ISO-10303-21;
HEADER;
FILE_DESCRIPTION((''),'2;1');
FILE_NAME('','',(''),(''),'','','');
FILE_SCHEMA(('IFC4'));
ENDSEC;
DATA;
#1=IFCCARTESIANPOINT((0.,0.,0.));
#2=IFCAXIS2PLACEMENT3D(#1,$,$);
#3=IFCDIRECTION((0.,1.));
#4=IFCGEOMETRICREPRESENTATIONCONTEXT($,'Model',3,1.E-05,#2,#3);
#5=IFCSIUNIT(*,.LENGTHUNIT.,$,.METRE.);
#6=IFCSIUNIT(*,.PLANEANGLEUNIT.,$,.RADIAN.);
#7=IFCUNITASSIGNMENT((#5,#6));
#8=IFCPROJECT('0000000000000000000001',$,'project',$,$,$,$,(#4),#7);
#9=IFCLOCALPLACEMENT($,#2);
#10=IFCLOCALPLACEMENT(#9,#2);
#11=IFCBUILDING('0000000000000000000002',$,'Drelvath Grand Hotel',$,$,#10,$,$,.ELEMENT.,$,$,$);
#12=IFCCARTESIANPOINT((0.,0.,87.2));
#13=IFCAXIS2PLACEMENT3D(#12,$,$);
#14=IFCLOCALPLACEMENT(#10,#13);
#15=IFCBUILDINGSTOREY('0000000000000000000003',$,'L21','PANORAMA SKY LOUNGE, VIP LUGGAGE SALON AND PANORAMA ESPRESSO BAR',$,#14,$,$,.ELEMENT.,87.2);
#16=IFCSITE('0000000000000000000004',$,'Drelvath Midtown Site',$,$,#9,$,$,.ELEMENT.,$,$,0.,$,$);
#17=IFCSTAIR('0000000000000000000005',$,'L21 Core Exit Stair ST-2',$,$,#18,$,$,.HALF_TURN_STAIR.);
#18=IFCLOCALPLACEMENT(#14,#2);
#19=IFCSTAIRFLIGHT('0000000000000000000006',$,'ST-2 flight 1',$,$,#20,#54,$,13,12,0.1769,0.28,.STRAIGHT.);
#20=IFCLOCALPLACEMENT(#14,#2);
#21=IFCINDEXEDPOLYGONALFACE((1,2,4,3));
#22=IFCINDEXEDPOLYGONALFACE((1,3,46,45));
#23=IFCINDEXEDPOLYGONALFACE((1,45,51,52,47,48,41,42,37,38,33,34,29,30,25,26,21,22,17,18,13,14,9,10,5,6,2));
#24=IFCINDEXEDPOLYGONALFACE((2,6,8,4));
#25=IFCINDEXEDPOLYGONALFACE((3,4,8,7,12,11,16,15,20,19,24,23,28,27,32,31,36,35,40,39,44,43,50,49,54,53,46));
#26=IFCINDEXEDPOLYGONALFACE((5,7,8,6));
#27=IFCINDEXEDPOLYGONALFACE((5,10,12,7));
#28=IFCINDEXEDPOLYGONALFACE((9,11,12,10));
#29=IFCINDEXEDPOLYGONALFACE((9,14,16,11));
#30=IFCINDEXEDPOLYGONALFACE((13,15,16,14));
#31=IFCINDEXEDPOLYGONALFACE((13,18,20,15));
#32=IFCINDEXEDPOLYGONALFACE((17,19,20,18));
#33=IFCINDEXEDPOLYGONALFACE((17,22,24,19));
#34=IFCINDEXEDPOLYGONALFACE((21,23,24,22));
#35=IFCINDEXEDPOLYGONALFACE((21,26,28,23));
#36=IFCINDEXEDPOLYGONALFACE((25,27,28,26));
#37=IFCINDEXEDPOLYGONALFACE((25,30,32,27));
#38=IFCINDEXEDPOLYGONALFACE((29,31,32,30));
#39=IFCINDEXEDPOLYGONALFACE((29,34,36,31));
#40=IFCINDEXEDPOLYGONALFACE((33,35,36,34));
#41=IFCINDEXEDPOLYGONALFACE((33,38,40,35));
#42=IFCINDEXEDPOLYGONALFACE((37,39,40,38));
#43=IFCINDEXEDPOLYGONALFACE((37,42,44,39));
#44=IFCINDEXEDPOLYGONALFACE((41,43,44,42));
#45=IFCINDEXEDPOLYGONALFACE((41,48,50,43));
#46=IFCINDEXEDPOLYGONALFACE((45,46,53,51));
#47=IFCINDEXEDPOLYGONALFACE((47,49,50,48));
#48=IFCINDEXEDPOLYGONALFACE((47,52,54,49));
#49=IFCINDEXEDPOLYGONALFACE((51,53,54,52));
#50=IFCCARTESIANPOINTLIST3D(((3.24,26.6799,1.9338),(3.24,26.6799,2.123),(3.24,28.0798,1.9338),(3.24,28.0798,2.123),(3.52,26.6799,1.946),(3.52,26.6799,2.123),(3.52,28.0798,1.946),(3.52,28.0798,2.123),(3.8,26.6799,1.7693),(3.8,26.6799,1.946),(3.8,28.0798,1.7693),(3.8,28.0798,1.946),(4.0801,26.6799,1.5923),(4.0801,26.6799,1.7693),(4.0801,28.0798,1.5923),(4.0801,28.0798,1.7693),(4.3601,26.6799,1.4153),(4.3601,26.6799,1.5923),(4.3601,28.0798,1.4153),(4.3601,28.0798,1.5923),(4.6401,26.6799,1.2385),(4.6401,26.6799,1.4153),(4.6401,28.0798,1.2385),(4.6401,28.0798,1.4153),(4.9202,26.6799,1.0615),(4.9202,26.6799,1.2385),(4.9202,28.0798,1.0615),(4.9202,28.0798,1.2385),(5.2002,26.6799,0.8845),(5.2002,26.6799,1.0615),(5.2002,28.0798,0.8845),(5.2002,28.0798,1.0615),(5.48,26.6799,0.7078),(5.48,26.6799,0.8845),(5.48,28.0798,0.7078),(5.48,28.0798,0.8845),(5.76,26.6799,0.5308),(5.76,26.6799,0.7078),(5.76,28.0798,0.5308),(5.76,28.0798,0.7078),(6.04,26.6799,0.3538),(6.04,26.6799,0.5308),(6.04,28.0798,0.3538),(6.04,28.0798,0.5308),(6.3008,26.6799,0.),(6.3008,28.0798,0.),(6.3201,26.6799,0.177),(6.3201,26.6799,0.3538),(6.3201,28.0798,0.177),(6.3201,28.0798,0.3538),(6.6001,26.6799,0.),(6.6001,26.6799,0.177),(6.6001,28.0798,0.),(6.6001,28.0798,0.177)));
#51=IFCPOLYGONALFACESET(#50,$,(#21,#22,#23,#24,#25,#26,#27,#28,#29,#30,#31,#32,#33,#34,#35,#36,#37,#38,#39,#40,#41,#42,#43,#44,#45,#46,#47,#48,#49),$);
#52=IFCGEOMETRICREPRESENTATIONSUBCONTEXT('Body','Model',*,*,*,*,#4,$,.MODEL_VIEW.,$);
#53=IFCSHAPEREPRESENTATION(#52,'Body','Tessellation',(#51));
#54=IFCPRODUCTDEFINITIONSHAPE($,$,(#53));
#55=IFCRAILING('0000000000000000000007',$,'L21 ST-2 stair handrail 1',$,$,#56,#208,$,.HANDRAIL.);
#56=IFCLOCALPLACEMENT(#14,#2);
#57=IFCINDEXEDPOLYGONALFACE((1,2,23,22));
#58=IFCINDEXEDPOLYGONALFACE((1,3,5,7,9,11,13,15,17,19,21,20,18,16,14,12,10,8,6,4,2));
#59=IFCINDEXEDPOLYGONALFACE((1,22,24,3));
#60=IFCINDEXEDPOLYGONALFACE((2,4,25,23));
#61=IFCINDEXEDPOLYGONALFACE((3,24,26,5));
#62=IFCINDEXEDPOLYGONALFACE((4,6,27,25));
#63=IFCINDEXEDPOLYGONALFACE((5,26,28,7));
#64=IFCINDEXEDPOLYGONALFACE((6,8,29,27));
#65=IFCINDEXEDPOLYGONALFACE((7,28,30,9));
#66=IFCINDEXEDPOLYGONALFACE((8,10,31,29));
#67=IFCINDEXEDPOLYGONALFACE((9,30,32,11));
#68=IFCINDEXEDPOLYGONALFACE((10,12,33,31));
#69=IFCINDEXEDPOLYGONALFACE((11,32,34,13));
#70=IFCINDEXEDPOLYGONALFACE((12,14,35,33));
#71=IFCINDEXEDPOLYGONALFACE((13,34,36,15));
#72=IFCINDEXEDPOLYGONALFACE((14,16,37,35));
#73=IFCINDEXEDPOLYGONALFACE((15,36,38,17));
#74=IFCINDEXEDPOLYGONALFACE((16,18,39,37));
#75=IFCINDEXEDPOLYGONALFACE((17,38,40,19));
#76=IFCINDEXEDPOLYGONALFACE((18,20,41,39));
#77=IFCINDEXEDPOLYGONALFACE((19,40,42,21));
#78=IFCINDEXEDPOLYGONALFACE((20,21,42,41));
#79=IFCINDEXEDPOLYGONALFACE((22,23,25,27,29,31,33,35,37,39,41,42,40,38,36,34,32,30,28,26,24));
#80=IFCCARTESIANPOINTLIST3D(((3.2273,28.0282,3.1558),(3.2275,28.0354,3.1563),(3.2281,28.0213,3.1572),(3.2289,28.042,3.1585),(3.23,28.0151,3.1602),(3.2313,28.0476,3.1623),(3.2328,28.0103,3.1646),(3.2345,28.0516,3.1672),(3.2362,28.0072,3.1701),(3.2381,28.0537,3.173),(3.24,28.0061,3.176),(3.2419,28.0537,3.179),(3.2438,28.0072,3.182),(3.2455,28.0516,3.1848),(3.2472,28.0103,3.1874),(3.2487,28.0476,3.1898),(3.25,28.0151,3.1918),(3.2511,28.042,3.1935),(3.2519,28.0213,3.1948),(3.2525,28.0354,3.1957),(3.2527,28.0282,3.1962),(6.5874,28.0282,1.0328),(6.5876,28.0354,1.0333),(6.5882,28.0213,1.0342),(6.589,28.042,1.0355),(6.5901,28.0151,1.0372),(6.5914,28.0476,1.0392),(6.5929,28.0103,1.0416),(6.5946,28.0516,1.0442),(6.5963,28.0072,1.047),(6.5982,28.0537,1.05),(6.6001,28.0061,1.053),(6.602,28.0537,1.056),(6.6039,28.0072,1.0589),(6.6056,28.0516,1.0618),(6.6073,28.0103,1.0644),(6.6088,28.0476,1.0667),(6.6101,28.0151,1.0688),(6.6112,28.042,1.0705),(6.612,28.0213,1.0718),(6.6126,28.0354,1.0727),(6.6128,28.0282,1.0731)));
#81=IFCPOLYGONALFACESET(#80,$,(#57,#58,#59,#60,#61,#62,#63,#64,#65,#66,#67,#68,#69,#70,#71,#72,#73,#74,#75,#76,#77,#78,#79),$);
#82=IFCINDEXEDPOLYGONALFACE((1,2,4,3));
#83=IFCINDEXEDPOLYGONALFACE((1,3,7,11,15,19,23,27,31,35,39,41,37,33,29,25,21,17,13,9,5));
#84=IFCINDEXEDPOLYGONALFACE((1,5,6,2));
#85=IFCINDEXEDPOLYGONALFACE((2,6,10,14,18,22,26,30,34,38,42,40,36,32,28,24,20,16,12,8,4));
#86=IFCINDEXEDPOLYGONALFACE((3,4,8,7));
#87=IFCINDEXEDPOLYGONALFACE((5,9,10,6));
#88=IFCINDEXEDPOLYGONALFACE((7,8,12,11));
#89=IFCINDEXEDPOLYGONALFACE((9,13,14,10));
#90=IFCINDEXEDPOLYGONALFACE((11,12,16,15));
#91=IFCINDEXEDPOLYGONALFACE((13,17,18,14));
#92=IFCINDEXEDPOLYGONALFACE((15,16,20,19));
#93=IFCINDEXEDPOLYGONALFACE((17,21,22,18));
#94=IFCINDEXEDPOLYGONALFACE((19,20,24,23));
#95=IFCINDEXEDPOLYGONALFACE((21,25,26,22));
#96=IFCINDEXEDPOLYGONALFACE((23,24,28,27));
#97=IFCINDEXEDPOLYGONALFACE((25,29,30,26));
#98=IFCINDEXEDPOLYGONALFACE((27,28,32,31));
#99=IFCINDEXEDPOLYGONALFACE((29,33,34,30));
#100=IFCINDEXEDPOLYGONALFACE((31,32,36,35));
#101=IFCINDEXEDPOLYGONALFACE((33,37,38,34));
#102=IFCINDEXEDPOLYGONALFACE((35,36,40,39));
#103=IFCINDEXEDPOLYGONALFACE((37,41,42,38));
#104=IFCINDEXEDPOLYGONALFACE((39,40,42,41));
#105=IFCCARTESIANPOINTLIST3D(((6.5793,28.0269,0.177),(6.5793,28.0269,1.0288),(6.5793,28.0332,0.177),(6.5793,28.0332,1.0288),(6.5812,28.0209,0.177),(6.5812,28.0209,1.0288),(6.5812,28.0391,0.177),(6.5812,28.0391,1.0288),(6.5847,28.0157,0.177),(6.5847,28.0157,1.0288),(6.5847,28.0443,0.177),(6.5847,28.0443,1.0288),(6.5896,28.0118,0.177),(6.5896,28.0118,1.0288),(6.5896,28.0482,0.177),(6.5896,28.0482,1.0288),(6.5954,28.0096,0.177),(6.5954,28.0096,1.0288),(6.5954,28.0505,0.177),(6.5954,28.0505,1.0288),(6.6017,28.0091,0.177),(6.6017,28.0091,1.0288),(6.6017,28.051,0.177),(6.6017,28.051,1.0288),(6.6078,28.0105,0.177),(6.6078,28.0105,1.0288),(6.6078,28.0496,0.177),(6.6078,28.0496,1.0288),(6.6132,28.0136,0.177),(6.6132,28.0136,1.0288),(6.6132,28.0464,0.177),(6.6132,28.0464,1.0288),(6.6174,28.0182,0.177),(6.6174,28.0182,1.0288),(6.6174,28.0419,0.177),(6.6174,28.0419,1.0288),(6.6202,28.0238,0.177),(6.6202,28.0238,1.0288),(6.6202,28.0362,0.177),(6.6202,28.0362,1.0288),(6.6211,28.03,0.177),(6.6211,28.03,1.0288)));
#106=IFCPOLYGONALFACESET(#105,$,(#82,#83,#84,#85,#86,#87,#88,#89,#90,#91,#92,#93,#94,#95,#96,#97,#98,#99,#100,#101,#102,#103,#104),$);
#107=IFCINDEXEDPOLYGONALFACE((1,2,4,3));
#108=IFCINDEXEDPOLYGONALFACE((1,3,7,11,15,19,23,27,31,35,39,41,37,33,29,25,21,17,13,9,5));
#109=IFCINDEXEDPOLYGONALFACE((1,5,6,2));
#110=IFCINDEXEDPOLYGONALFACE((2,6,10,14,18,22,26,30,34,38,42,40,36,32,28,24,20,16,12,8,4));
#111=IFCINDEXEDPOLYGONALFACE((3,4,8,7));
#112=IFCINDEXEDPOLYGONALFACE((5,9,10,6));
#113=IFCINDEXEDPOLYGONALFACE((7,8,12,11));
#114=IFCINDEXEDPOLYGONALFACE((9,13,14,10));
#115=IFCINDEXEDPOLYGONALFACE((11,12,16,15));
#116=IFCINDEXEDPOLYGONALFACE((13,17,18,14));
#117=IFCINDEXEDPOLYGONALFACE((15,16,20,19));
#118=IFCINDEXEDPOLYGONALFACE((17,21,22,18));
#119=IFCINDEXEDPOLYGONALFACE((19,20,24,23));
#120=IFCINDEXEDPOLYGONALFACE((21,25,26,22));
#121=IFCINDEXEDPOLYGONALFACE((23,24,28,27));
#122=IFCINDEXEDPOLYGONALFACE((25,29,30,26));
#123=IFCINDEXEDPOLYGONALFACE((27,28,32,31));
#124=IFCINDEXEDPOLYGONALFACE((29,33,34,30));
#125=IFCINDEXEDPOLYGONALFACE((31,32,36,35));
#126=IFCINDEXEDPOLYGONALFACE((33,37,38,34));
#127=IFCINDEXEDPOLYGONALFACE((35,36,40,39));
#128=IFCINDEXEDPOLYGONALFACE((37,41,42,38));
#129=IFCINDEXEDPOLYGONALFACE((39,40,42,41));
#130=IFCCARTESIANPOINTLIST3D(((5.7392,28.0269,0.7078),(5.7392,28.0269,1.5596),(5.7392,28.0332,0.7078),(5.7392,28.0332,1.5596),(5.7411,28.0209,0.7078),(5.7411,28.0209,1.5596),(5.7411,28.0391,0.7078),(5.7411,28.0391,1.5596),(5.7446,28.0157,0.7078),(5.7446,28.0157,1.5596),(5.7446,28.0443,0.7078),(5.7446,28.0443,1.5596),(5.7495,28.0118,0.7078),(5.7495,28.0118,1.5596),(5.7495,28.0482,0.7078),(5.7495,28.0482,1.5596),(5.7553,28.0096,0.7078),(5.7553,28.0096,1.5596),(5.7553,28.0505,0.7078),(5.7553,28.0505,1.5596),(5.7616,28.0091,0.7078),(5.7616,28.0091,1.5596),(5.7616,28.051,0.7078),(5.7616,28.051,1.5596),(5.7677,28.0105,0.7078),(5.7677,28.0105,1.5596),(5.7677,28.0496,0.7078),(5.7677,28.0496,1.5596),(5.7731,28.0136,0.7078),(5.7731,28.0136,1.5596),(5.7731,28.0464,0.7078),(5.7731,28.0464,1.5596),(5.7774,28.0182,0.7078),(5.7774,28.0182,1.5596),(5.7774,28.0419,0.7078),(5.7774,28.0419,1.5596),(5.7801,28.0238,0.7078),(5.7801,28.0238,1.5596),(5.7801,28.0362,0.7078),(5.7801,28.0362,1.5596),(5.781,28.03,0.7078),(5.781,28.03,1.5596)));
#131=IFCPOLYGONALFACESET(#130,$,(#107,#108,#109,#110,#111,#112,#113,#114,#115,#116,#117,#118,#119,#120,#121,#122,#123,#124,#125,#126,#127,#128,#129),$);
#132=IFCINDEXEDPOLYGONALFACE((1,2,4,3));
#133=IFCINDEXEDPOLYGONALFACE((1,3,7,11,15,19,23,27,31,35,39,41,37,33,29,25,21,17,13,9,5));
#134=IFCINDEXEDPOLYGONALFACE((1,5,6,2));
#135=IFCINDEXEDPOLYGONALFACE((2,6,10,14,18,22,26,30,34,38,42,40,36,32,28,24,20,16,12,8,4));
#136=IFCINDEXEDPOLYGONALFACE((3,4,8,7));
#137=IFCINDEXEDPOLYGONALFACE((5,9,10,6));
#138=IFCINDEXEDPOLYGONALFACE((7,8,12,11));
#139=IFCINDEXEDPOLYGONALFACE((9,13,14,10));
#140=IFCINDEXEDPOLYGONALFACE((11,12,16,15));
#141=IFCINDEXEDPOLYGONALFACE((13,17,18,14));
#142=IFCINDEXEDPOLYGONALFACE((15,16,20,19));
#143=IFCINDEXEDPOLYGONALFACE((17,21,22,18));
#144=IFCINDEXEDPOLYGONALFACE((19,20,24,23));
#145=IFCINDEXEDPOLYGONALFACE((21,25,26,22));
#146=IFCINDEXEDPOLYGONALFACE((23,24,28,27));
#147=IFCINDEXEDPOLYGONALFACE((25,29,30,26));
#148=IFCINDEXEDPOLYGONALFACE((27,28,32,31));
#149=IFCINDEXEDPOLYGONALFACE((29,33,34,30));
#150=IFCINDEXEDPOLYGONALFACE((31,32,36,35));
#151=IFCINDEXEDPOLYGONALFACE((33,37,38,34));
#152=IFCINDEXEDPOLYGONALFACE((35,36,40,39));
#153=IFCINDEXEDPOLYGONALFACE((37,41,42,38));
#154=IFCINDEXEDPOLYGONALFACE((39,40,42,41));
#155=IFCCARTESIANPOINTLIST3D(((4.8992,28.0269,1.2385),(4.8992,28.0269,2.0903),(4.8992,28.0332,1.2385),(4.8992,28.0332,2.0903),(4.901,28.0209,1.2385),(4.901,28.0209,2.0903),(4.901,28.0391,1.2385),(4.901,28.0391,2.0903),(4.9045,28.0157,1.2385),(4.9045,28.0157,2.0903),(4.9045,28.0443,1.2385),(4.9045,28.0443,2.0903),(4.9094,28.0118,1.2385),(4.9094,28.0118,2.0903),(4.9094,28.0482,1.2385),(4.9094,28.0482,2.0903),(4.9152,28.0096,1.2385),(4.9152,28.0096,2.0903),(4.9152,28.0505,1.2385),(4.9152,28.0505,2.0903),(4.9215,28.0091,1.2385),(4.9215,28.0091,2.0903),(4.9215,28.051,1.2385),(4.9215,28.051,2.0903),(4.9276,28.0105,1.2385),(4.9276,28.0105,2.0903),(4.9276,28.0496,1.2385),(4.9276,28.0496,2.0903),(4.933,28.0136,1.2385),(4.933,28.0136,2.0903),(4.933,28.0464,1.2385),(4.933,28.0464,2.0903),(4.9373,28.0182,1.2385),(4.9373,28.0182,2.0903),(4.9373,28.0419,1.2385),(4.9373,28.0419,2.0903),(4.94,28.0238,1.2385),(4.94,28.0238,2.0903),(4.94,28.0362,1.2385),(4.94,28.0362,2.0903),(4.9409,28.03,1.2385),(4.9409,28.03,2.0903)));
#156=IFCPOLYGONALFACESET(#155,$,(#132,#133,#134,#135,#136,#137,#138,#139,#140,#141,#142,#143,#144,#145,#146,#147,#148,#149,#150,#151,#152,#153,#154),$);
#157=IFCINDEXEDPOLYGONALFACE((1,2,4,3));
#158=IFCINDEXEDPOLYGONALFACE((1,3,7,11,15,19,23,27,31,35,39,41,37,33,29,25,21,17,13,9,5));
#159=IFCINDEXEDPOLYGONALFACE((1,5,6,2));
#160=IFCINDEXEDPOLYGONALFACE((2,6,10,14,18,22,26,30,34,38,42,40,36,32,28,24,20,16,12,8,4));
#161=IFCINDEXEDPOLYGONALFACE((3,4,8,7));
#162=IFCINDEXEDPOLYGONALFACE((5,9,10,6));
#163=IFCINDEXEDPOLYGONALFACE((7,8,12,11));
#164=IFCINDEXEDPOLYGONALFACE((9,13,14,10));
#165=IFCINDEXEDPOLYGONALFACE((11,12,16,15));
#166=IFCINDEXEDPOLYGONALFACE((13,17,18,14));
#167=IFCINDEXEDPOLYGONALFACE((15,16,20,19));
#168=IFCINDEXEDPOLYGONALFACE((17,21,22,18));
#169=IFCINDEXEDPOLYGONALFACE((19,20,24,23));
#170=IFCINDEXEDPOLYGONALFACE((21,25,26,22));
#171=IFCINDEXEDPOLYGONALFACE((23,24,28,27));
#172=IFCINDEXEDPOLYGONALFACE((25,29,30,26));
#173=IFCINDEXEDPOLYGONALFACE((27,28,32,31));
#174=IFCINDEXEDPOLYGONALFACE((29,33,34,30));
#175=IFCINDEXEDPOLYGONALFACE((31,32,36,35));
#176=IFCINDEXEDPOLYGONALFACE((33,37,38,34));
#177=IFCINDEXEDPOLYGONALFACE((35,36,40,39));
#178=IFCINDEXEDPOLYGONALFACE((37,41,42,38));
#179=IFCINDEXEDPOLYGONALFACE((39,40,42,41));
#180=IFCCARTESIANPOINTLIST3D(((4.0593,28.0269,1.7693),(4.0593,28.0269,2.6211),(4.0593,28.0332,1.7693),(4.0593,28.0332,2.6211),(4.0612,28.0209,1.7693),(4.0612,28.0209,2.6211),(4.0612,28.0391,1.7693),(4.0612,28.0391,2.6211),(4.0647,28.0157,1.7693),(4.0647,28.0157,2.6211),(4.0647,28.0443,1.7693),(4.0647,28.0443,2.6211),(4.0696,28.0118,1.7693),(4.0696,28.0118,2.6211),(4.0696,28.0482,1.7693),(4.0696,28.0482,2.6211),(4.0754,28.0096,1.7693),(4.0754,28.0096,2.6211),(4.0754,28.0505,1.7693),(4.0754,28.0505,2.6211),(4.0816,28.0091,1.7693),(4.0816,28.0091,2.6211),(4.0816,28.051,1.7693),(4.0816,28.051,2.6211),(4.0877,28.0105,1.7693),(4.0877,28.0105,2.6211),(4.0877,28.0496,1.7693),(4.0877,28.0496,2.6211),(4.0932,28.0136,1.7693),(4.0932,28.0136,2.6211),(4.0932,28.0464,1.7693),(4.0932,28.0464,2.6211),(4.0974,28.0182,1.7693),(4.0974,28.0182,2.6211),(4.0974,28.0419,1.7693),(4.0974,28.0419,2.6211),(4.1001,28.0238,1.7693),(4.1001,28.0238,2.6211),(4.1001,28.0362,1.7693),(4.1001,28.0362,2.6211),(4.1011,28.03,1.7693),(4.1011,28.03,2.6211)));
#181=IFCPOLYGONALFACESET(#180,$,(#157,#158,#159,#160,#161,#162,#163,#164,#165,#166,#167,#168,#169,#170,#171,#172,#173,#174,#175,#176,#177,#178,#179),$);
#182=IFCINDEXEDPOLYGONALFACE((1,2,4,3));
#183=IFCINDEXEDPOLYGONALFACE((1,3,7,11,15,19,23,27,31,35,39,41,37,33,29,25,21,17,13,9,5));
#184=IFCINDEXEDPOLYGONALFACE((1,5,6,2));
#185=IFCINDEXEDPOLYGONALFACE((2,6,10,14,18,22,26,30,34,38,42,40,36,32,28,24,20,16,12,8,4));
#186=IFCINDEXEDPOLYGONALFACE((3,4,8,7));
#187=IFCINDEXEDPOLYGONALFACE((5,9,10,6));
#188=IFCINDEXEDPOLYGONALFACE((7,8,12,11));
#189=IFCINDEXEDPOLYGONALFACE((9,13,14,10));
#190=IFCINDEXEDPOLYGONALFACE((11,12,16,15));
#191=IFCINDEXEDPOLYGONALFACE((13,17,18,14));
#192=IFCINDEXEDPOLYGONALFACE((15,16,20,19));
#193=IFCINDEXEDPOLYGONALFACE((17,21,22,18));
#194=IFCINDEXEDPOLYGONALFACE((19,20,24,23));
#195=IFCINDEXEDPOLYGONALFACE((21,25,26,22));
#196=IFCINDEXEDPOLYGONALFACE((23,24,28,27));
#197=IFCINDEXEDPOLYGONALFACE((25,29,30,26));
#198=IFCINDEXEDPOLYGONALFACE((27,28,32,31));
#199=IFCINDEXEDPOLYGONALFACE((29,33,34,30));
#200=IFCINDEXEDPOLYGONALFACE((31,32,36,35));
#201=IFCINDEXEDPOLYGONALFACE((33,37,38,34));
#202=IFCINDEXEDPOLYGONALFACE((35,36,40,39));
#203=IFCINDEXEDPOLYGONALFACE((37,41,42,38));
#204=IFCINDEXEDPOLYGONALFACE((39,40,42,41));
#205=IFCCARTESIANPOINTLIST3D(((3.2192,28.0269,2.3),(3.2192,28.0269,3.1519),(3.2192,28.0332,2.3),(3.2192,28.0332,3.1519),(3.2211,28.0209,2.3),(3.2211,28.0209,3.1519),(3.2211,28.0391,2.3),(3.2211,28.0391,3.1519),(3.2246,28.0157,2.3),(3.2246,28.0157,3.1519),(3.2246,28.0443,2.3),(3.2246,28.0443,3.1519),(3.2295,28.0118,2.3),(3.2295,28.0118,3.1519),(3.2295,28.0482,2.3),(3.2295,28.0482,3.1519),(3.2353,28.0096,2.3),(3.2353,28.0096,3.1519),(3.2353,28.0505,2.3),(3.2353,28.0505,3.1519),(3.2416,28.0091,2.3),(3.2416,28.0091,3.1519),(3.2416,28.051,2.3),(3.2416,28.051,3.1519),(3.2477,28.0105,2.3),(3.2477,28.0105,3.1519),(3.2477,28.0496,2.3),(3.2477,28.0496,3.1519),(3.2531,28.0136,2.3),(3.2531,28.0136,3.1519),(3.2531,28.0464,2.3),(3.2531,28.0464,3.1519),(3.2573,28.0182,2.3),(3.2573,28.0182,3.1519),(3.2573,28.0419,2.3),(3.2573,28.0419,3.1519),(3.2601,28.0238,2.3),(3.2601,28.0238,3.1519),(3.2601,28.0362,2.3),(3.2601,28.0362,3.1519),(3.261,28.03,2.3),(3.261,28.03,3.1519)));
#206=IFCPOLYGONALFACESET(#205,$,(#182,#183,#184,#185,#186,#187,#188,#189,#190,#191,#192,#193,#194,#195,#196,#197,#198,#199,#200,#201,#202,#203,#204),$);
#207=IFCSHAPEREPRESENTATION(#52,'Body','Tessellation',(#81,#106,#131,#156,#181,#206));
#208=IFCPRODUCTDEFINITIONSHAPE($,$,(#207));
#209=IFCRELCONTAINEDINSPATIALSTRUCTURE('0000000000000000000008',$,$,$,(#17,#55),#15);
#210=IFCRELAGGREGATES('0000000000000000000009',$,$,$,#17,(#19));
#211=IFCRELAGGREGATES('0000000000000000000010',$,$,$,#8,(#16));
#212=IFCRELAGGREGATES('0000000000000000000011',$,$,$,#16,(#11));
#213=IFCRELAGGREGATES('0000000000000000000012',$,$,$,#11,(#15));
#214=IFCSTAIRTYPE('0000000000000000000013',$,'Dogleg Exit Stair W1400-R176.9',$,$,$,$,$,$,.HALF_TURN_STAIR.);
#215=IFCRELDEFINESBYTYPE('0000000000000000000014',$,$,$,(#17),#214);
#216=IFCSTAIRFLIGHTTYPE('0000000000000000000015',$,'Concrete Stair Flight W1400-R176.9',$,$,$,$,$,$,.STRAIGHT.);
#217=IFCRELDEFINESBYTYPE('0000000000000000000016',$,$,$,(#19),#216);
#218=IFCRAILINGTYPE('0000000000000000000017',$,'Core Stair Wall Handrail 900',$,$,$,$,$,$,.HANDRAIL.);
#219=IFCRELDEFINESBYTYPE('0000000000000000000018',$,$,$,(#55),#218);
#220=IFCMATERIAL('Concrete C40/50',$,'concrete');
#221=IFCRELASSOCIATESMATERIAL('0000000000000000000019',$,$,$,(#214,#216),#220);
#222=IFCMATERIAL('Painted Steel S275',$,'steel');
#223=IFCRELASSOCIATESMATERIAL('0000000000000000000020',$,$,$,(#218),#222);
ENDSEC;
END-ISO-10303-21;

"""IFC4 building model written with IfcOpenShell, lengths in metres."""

from ifc_helpers import new_model, si_unit, direction, frame, origin, origin_2d, place, context, subcontext, project, spatial, polyline, circle, outline, extrude, material, type_object, element, aggregate, save


model = new_model("IFC4")

# Units and contexts
model_context = context("Model", 3, precision=1e-05, world=origin(), true_north=direction((0.0, 1.0)))
body_context = subcontext(model_context, "Body", "Model", "MODEL_VIEW")
ifc_project = project(units=[si_unit("LENGTHUNIT", "METRE"), si_unit("PLANEANGLEUNIT", "RADIAN")], contexts=[model_context])

# Site, building, storey
site_placement = place(None, origin())
site = spatial("IfcSite", under=ifc_project, at=site_placement, Name="Drelvath Midtown Site", CompositionType="ELEMENT", RefElevation=0.0)
building_placement = place(site_placement, origin())
building = spatial("IfcBuilding", under=site, at=building_placement, Name="Drelvath Grand Hotel", CompositionType="ELEMENT")
storey_placement = place(building_placement, frame((0.0, 0.0, 87.2)))
storey = spatial("IfcBuildingStorey", under=building, at=storey_placement, Name="L21", Description="PANORAMA SKY LOUNGE, VIP LUGGAGE SALON AND PANORAMA ESPRESSO BAR", CompositionType="ELEMENT", Elevation=87.2)

# Shared definitions
ifc_material_1 = material(Name="Concrete C40/50", Category="concrete")

# Shared definitions
ifc_material_2 = material(Name="Painted Steel S275", Category="steel")

# Stair, stair flight
stair_type = type_object("IfcStairType", Name="Dogleg Exit Stair W1400-R176.9", PredefinedType="HALF_TURN_STAIR", material=ifc_material_1)
stair_placement = place(storey_placement, origin())
stair = element("IfcStair", 1, at=stair_placement, inside=storey, type_object=stair_type, Name="L21 Core Exit Stair ST-2", PredefinedType="HALF_TURN_STAIR")
stair_flight_type = type_object("IfcStairFlightType", Name="Concrete Stair Flight W1400-R176.9", PredefinedType="STRAIGHT", material=ifc_material_1)
stair_flight_placement = place(storey_placement, frame((6.6001, 27.3799, 0.0), z_axis=(0.0, 0.0, 1.0), x_axis=(-1.0, 0.0, 0.0)))
stair_flight = element("IfcStairFlight", 2, at=stair_flight_placement, type_object=stair_flight_type, Name="ST-2 flight 1", NumberOfRisers=13, NumberOfTreads=12, PredefinedType="STRAIGHT", RiserHeight=0.1769, TreadLength=0.28, context=body_context, shape_type="SweptSolid", body=[
    extrude(outline(polyline([(0.0, 0.0), (0.0, 0.177), (0.28, 0.177), (0.28, 0.3538), (0.5601, 0.3538), (0.5601, 0.5308), (0.8401, 0.5308), (0.8401, 0.7078), (1.1201, 0.7078), (1.1201, 0.8845), (1.3999, 0.8845), (1.3999, 1.0615), (1.6799, 1.0615), (1.6799, 1.2385), (1.96, 1.2385), (1.96, 1.4153), (2.24, 1.4153), (2.24, 1.5923), (2.52, 1.5923), (2.52, 1.7693), (2.8, 1.7693), (2.8, 1.946), (3.0801, 1.946), (3.0801, 2.123), (3.3601, 2.123), (3.3601, 2.3), (3.3601, 1.9338), (0.2993, 0.0), (0.0, 0.0)])), frame((0.0, 0.7, 0.0), z_axis=(0.0, -1.0, 0.0), x_axis=(1.0, 0.0, 0.0)), (0.0, 0.0, 1.0), 1.3999),
])
aggregate(stair, [stair_flight])

# Railing
railing_type = type_object("IfcRailingType", Name="Core Stair Wall Handrail 900", PredefinedType="HANDRAIL", material=ifc_material_2)
railing_placement = place(storey_placement, frame((6.6001, 28.03, 0.177)))
element("IfcRailing", 3, at=railing_placement, inside=storey, type_object=railing_type, Name="L21 ST-2 stair handrail 1", PredefinedType="HANDRAIL", context=body_context, shape_type="SweptSolid", body=[
    extrude(circle(Radius=0.0239, at=origin_2d()), frame((0.0, 0.0, 0.876), z_axis=(-0.84539, 0.0, 0.53415), x_axis=(0.0, -1.0, 0.0)), (0.0, 0.0, 1.0), 3.9746),
    extrude(circle(Radius=0.021, at=origin_2d()), origin(), (0.0, 0.0, 1.0), 0.8518),
    extrude(circle(Radius=0.021, at=origin_2d()), frame((-0.8401, 0.0, 0.5308)), (0.0, 0.0, 1.0), 0.8518),
    extrude(circle(Radius=0.021, at=origin_2d()), frame((-1.6802, 0.0, 1.0615)), (0.0, 0.0, 1.0), 0.8518),
    extrude(circle(Radius=0.021, at=origin_2d()), frame((-2.52, 0.0, 1.5923)), (0.0, 0.0, 1.0), 0.8518),
    extrude(circle(Radius=0.021, at=origin_2d()), frame((-3.3601, 0.0, 2.123)), (0.0, 0.0, 1.0), 0.8518),
])

save(model, "model.ifc")
